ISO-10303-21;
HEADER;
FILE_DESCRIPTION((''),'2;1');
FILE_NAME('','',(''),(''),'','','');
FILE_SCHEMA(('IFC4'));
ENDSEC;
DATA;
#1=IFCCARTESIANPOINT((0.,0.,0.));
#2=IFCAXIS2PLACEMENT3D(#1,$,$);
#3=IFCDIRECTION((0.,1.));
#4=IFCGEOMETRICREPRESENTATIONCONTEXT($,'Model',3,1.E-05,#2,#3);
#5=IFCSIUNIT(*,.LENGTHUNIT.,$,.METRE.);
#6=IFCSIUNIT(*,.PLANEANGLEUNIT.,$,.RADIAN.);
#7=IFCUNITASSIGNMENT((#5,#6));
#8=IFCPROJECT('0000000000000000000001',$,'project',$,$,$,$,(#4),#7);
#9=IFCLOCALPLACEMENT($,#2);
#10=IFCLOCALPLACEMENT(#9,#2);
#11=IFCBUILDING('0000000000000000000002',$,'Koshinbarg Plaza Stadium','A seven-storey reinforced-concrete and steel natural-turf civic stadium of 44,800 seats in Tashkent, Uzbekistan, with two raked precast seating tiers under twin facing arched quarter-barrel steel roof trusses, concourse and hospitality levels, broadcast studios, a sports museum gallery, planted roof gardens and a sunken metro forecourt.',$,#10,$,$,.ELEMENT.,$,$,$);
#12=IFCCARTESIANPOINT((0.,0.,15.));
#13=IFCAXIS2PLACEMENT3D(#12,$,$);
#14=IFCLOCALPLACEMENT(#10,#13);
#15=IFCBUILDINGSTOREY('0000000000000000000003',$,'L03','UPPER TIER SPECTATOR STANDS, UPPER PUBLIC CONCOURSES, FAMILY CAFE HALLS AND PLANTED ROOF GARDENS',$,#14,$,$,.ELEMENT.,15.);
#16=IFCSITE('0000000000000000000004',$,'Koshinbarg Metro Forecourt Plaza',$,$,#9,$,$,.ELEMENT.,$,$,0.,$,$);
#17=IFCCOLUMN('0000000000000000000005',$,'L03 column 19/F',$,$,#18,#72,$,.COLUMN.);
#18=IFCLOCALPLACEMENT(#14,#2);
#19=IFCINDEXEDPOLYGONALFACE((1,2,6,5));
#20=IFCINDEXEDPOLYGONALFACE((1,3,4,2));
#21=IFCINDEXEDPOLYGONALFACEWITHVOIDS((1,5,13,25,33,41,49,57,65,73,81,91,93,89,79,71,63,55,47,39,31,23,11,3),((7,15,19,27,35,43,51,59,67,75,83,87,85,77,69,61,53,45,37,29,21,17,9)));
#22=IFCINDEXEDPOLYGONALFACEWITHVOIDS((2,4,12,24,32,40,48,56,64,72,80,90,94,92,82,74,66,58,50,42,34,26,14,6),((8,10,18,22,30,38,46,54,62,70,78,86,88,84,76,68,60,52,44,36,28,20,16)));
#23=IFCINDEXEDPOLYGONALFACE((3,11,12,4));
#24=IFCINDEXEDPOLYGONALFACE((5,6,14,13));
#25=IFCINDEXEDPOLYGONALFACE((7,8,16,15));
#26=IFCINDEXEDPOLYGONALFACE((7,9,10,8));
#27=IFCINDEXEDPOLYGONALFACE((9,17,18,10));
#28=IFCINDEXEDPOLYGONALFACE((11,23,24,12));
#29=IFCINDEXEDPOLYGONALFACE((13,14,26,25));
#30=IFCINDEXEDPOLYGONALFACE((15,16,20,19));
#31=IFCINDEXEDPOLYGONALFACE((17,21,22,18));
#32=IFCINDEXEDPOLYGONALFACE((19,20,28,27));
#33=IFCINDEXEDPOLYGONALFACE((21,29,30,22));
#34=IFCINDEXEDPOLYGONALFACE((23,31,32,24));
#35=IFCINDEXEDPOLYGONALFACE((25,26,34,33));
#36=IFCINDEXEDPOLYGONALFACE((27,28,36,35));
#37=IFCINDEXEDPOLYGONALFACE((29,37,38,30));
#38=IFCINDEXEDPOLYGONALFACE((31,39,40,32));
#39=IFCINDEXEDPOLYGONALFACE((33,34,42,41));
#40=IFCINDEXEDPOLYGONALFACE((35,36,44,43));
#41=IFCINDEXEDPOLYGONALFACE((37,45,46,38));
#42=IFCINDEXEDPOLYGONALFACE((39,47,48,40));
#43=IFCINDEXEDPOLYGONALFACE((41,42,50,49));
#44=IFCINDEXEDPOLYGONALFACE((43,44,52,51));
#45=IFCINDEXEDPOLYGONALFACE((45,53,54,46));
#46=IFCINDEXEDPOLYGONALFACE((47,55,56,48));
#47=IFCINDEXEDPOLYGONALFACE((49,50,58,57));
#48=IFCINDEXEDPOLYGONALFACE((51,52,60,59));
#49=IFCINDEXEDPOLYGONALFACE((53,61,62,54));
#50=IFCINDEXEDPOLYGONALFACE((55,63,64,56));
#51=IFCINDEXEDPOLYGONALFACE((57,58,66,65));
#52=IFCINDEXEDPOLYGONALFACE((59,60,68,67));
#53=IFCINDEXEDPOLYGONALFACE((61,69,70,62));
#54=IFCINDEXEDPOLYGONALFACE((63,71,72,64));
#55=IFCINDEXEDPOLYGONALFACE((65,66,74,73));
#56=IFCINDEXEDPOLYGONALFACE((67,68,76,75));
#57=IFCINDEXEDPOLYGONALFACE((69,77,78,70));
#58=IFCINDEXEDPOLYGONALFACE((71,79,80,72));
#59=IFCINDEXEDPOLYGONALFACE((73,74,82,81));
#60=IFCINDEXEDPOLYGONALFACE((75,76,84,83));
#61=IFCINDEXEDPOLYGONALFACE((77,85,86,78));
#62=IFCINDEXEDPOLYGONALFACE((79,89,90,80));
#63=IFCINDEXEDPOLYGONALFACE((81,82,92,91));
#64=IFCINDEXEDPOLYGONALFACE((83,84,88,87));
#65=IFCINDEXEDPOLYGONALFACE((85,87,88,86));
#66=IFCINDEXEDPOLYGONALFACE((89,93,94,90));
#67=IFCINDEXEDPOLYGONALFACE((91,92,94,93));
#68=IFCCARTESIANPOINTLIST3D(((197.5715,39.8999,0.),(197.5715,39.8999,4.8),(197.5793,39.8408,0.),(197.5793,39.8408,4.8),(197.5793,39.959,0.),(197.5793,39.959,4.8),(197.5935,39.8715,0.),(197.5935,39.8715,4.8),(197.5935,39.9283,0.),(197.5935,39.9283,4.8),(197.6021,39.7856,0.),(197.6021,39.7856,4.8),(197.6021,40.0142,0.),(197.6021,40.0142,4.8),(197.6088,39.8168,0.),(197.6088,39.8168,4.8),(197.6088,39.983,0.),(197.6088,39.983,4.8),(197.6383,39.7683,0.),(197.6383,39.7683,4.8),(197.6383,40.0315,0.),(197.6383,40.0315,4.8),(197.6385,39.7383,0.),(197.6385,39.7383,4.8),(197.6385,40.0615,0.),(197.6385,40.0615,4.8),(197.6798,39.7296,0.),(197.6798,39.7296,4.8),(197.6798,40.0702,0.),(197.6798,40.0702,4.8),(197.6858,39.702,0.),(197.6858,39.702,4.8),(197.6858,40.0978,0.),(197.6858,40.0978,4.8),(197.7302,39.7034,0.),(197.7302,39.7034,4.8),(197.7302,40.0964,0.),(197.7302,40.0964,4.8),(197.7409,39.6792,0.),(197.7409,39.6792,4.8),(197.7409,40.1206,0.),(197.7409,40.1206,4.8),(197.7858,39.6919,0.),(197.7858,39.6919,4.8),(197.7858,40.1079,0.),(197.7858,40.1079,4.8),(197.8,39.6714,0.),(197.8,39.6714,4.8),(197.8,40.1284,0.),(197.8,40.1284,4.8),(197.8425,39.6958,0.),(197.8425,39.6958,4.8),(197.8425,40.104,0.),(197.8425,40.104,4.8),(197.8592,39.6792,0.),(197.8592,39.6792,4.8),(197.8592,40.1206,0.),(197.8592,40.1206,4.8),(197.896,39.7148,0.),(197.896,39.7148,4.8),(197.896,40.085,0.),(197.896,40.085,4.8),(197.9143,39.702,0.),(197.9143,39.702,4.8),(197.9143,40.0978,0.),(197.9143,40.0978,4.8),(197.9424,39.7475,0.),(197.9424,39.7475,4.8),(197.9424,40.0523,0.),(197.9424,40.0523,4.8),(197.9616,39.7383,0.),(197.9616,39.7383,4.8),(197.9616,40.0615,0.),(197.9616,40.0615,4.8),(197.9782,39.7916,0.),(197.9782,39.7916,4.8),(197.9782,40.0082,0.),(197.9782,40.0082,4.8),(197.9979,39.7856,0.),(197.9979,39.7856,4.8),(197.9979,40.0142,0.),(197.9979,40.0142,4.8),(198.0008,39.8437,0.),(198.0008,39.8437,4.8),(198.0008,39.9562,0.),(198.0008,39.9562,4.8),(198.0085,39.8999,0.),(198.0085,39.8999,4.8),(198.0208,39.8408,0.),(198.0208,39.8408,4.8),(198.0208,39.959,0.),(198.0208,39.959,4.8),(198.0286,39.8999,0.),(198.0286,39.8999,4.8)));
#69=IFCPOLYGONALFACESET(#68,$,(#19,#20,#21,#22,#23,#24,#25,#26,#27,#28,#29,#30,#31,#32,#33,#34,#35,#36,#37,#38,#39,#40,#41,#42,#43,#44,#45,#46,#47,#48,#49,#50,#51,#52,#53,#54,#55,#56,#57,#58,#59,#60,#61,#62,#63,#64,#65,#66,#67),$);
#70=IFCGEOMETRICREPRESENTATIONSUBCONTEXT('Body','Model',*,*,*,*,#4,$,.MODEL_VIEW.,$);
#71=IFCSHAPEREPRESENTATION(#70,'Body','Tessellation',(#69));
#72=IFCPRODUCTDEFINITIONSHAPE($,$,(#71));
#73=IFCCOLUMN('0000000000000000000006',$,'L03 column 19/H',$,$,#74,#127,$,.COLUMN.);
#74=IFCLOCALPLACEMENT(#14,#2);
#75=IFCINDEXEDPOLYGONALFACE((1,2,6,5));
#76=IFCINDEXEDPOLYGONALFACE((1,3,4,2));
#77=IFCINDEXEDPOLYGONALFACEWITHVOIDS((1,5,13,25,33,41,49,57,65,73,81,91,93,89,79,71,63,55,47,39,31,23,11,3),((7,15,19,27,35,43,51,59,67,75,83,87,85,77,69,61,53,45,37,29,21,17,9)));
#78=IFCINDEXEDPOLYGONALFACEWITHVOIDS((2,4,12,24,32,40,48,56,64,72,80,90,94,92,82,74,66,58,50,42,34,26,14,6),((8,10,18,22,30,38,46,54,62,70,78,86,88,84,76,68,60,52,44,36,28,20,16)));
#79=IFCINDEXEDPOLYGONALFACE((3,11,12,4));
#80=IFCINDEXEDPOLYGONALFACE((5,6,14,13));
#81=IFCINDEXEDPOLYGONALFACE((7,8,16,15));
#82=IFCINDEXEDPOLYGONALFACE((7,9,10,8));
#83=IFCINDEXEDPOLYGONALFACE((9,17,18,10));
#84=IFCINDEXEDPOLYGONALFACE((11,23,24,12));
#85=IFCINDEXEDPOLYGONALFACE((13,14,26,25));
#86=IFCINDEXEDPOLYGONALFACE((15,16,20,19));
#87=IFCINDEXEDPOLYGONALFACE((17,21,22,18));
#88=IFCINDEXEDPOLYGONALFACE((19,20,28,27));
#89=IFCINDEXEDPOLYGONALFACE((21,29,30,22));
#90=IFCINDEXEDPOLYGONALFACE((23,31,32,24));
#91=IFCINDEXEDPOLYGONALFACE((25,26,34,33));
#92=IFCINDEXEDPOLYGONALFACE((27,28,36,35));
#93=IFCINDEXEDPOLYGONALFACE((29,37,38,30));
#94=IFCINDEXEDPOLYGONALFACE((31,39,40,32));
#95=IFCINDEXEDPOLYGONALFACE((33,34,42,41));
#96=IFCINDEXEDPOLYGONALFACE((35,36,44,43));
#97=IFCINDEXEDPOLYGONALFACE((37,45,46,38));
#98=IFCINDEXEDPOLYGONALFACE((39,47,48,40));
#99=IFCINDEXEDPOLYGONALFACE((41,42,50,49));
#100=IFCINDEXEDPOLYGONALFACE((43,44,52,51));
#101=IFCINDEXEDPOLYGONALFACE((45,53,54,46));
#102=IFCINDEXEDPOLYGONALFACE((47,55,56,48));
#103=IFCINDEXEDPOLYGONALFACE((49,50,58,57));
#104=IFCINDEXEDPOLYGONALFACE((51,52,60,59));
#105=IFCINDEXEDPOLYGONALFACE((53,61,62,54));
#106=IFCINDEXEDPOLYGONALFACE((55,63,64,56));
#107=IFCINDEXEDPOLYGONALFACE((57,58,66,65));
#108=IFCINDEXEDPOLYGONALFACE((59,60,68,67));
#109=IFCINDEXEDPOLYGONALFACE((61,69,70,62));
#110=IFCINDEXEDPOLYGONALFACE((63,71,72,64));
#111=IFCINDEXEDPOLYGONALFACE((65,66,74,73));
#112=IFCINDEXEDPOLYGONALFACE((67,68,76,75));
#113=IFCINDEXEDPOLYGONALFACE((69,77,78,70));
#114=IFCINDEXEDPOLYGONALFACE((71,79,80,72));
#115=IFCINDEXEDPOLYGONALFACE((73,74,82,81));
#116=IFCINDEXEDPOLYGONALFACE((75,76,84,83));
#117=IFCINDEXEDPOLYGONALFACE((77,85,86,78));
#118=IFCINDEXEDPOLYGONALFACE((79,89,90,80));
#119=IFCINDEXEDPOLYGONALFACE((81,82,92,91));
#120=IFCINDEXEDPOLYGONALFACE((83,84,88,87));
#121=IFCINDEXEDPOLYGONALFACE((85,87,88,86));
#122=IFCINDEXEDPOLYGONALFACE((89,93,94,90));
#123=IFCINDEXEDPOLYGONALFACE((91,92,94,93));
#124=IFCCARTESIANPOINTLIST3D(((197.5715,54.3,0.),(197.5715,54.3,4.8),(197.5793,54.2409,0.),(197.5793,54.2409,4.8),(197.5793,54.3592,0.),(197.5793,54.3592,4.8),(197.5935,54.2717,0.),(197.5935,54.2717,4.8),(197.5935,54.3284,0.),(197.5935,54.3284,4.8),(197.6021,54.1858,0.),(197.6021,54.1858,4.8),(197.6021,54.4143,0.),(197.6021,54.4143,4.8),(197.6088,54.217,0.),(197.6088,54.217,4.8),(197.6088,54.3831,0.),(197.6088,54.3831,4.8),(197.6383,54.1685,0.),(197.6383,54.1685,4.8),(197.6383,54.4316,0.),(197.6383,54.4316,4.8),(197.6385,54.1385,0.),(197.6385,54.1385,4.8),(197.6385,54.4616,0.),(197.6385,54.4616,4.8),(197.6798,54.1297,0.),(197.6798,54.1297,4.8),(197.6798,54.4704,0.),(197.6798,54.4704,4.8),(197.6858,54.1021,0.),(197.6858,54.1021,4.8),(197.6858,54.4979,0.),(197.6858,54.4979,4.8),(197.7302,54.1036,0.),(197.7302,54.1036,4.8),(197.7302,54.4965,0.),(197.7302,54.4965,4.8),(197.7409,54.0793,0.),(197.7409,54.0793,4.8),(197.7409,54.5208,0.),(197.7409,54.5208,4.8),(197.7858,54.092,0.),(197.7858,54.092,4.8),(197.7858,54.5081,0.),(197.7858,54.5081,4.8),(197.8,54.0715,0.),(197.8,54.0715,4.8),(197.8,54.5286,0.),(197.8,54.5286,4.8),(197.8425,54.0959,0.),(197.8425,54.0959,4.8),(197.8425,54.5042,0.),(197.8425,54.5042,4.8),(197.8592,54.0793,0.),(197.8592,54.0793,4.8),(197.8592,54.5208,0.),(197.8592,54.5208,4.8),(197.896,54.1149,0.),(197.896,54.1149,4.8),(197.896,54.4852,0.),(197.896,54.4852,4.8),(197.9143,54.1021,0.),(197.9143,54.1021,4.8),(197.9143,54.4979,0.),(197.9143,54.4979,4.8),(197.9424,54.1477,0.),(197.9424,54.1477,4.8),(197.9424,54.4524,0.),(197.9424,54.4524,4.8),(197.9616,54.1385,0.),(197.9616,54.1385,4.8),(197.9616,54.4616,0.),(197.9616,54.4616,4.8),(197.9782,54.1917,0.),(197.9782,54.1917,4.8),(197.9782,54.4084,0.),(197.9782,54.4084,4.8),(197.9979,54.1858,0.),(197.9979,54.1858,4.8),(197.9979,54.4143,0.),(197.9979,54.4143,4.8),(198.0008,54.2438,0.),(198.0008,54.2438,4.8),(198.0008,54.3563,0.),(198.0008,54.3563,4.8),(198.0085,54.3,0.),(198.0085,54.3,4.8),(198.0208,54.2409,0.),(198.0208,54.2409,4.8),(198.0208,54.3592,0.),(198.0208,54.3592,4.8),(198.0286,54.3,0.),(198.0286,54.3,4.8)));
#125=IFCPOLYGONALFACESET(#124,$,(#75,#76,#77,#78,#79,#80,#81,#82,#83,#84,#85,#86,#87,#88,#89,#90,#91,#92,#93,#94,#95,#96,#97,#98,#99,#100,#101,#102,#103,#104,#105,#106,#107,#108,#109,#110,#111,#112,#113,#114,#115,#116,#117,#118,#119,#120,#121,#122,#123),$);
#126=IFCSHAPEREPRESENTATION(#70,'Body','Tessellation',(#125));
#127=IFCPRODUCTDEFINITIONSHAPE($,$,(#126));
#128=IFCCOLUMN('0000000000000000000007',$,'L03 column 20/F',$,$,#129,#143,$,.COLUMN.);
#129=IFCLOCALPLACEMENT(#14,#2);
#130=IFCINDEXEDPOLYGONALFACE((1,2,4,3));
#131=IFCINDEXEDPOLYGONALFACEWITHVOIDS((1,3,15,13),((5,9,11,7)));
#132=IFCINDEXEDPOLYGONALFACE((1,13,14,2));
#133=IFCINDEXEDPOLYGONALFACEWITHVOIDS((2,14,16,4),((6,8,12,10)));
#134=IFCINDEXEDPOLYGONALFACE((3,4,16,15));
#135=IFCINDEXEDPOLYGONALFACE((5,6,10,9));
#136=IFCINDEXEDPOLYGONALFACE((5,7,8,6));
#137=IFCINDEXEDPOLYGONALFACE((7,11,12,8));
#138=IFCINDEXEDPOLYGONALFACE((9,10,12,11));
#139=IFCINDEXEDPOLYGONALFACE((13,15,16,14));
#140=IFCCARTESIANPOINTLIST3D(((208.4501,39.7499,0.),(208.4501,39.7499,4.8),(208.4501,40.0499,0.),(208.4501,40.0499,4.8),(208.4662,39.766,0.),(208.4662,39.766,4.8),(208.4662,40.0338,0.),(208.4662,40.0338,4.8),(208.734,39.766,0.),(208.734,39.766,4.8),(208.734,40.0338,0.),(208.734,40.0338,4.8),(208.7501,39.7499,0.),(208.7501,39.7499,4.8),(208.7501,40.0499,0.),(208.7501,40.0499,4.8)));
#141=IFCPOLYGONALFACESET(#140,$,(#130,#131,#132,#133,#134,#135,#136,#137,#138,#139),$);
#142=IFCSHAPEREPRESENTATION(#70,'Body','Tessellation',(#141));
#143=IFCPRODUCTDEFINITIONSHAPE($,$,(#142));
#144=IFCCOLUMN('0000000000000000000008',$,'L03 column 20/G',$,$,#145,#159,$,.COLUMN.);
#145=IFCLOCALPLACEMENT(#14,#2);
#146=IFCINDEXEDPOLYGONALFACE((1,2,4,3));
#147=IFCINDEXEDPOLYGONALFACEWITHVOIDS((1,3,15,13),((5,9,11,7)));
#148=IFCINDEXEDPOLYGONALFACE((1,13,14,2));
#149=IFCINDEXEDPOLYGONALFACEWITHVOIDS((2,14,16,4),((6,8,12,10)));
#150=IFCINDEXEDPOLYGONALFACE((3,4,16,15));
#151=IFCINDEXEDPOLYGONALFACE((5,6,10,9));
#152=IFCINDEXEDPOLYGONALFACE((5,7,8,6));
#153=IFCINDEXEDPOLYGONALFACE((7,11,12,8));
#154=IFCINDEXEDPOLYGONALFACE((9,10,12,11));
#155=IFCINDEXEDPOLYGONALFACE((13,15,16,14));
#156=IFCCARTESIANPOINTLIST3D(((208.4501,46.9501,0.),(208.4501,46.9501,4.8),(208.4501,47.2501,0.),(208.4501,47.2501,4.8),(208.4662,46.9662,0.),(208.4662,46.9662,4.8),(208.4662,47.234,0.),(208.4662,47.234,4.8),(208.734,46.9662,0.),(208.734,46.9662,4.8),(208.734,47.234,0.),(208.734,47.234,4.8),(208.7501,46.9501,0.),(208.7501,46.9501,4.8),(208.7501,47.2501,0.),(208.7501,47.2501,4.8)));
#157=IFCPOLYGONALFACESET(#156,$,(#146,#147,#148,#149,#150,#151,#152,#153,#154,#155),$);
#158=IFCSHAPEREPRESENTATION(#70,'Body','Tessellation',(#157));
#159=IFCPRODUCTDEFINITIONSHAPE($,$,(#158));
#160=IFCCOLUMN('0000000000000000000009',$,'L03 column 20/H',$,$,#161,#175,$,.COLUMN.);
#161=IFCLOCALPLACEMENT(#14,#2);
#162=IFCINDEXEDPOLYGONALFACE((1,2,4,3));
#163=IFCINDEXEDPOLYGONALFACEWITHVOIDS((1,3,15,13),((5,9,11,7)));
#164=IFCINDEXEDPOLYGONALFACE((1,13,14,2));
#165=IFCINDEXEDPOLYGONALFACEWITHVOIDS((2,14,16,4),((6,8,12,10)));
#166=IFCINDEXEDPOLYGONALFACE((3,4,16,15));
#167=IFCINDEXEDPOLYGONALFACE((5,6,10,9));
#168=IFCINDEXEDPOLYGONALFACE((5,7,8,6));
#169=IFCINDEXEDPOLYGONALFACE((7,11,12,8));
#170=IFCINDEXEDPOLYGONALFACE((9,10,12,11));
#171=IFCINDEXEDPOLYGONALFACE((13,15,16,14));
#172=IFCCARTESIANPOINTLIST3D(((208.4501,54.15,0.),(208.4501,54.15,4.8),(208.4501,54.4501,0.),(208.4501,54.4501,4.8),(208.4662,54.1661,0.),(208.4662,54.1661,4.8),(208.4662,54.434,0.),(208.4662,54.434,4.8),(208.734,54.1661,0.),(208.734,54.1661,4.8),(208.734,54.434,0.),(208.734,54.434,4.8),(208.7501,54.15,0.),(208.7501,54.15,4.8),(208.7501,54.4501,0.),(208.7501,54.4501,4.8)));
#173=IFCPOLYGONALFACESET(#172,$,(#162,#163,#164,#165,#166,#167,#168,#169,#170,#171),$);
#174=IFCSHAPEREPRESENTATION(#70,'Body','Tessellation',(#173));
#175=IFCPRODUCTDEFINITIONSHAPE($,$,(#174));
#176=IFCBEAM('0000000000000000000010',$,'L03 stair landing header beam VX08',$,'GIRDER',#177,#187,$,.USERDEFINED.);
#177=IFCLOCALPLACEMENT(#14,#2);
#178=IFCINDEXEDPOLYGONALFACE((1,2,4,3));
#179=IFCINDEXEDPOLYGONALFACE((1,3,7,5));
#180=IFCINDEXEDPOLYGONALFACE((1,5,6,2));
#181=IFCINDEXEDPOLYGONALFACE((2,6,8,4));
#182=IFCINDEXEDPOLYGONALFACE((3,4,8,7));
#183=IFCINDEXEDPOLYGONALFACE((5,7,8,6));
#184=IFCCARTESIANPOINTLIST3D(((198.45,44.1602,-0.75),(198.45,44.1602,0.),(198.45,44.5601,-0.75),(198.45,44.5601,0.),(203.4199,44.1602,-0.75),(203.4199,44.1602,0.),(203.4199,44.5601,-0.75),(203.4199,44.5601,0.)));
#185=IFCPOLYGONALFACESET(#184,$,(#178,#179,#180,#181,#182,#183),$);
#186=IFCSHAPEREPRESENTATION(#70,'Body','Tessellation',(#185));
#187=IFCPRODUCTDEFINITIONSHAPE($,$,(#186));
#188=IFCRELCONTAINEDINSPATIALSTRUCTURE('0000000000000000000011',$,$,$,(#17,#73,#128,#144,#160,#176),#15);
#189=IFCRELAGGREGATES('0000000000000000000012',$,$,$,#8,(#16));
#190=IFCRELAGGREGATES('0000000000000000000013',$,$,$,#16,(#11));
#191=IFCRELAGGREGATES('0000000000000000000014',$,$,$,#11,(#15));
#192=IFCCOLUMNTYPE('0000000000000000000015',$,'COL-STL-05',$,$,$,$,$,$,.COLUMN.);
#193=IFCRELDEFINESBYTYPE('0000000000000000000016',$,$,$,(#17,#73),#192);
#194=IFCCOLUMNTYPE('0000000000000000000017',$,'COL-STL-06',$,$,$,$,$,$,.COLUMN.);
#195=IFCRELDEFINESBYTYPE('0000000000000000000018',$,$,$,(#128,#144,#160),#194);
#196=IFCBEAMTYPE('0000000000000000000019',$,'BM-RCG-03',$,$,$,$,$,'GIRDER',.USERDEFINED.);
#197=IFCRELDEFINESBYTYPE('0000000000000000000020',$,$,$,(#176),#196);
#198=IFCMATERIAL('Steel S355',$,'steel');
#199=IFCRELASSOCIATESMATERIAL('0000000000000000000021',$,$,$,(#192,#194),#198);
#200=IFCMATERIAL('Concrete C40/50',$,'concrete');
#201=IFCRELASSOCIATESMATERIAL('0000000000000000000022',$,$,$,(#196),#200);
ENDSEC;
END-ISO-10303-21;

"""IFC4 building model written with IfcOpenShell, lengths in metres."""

from ifc_helpers import new_model, si_unit, direction, frame, origin, origin_2d, place, context, subcontext, project, spatial, rectangle, hollow_rectangle, hollow_circle, extrude, material, material_profile, profile_set, type_object, element, save


model = new_model("IFC4")

# Units and contexts
model_context = context("Model", 3, precision=1e-05, world=origin(), true_north=direction((0.0, 1.0)))
body_context = subcontext(model_context, "Body", "Model", "MODEL_VIEW")
ifc_project = project(units=[si_unit("LENGTHUNIT", "METRE"), si_unit("PLANEANGLEUNIT", "RADIAN")], contexts=[model_context])

# Site, building, storey
site_placement = place(None, origin())
site = spatial("IfcSite", under=ifc_project, at=site_placement, Name="Koshinbarg Metro Forecourt Plaza", CompositionType="ELEMENT", RefElevation=0.0)
building_placement = place(site_placement, origin())
building = spatial("IfcBuilding", under=site, at=building_placement, Name="Koshinbarg Plaza Stadium", Description="A seven-storey reinforced-concrete and steel natural-turf civic stadium of 44,800 seats in Tashkent, Uzbekistan, with two raked precast seating tiers under twin facing arched quarter-barrel steel roof trusses, concourse and hospitality levels, broadcast studios, a sports museum gallery, planted roof gardens and a sunken metro forecourt.", CompositionType="ELEMENT")
storey_placement = place(building_placement, frame((0.0, 0.0, 15.0)))
storey = spatial("IfcBuildingStorey", under=building, at=storey_placement, Name="L03", Description="UPPER TIER SPECTATOR STANDS, UPPER PUBLIC CONCOURSES, FAMILY CAFE HALLS AND PLANTED ROOF GARDENS", CompositionType="ELEMENT", Elevation=15.0)

# Columns
ifc_material_1 = material(Name="Steel S355", Category="steel")
ifc_material_profile_1 = material_profile(ifc_material_1, hollow_circle(Radius=0.2285, WallThickness=0.02, at=origin_2d()), Name="CHS 457x20")
ifc_profile_set_1 = profile_set([ifc_material_profile_1], Name="Steel S355")
column_type_1 = type_object("IfcColumnType", Name="COL-STL-05", PredefinedType="COLUMN", material=ifc_profile_set_1)
for number, where, z_axis, x_axis, name in (
    (1, (197.8, 39.8999, 0.0), (0.0, 0.0, 1.0), (1.0, 0.0, 0.0), "L03 column 19/F"),
    (2, (197.8, 54.3, 0.0), (0.0, 0.0, 1.0), (1.0, 0.0, 0.0), "L03 column 19/H"),
):
    element("IfcColumn", number, at=place(storey_placement, frame(where, z_axis=z_axis, x_axis=x_axis)), inside=storey, type_object=column_type_1, Name=name, PredefinedType="COLUMN", context=body_context, shape_type="SweptSolid", body=[
        extrude(hollow_circle(Radius=0.2285, WallThickness=0.02, at=origin_2d()), origin(), (0.0, 0.0, 1.0), 4.8),
    ])
ifc_material_profile_2 = material_profile(ifc_material_1, hollow_rectangle(XDim=0.3, YDim=0.3, WallThickness=0.0161, at=origin_2d()), Name="SHS 300x300x16")
ifc_profile_set_2 = profile_set([ifc_material_profile_2], Name="Steel S355")
column_type_2 = type_object("IfcColumnType", Name="COL-STL-06", PredefinedType="COLUMN", material=ifc_profile_set_2)
for number, where, z_axis, x_axis, name in (
    (3, (208.6001, 39.8999, 0.0), (0.0, 0.0, 1.0), (1.0, 0.0, 0.0), "L03 column 20/F"),
    (4, (208.6001, 47.1001, 0.0), (0.0, 0.0, 1.0), (1.0, 0.0, 0.0), "L03 column 20/G"),
    (5, (208.6001, 54.3, 0.0), (0.0, 0.0, 1.0), (1.0, 0.0, 0.0), "L03 column 20/H"),
):
    element("IfcColumn", number, at=place(storey_placement, frame(where, z_axis=z_axis, x_axis=x_axis)), inside=storey, type_object=column_type_2, Name=name, PredefinedType="COLUMN", context=body_context, shape_type="SweptSolid", body=[
        extrude(hollow_rectangle(XDim=0.3, YDim=0.3, WallThickness=0.0161, at=origin_2d()), origin(), (0.0, 0.0, 1.0), 4.8),
    ])

# Beam
ifc_material_2 = material(Name="Concrete C40/50", Category="concrete")
ifc_material_profile_3 = material_profile(ifc_material_2, rectangle(XDim=0.3999, YDim=0.75, at=origin_2d()), Name="RC 400x750")
ifc_profile_set_3 = profile_set([ifc_material_profile_3], Name="Concrete C40/50")
beam_type_1 = type_object("IfcBeamType", Name="BM-RCG-03", ElementType="GIRDER", PredefinedType="USERDEFINED", material=ifc_profile_set_3)
beam_1_placement = place(storey_placement, frame((198.45, 44.3601, -0.375), z_axis=(1.0, 0.0, 0.0), x_axis=(0.0, 1.0, 0.0)))
element("IfcBeam", 6, at=beam_1_placement, inside=storey, type_object=beam_type_1, Name="L03 stair landing header beam VX08", ObjectType="GIRDER", PredefinedType="USERDEFINED", context=body_context, shape_type="SweptSolid", body=[
    extrude(rectangle(XDim=0.3999, YDim=0.75, at=origin_2d()), origin(), (0.0, 0.0, 1.0), 4.97),
])

save(model, "model.ifc")
